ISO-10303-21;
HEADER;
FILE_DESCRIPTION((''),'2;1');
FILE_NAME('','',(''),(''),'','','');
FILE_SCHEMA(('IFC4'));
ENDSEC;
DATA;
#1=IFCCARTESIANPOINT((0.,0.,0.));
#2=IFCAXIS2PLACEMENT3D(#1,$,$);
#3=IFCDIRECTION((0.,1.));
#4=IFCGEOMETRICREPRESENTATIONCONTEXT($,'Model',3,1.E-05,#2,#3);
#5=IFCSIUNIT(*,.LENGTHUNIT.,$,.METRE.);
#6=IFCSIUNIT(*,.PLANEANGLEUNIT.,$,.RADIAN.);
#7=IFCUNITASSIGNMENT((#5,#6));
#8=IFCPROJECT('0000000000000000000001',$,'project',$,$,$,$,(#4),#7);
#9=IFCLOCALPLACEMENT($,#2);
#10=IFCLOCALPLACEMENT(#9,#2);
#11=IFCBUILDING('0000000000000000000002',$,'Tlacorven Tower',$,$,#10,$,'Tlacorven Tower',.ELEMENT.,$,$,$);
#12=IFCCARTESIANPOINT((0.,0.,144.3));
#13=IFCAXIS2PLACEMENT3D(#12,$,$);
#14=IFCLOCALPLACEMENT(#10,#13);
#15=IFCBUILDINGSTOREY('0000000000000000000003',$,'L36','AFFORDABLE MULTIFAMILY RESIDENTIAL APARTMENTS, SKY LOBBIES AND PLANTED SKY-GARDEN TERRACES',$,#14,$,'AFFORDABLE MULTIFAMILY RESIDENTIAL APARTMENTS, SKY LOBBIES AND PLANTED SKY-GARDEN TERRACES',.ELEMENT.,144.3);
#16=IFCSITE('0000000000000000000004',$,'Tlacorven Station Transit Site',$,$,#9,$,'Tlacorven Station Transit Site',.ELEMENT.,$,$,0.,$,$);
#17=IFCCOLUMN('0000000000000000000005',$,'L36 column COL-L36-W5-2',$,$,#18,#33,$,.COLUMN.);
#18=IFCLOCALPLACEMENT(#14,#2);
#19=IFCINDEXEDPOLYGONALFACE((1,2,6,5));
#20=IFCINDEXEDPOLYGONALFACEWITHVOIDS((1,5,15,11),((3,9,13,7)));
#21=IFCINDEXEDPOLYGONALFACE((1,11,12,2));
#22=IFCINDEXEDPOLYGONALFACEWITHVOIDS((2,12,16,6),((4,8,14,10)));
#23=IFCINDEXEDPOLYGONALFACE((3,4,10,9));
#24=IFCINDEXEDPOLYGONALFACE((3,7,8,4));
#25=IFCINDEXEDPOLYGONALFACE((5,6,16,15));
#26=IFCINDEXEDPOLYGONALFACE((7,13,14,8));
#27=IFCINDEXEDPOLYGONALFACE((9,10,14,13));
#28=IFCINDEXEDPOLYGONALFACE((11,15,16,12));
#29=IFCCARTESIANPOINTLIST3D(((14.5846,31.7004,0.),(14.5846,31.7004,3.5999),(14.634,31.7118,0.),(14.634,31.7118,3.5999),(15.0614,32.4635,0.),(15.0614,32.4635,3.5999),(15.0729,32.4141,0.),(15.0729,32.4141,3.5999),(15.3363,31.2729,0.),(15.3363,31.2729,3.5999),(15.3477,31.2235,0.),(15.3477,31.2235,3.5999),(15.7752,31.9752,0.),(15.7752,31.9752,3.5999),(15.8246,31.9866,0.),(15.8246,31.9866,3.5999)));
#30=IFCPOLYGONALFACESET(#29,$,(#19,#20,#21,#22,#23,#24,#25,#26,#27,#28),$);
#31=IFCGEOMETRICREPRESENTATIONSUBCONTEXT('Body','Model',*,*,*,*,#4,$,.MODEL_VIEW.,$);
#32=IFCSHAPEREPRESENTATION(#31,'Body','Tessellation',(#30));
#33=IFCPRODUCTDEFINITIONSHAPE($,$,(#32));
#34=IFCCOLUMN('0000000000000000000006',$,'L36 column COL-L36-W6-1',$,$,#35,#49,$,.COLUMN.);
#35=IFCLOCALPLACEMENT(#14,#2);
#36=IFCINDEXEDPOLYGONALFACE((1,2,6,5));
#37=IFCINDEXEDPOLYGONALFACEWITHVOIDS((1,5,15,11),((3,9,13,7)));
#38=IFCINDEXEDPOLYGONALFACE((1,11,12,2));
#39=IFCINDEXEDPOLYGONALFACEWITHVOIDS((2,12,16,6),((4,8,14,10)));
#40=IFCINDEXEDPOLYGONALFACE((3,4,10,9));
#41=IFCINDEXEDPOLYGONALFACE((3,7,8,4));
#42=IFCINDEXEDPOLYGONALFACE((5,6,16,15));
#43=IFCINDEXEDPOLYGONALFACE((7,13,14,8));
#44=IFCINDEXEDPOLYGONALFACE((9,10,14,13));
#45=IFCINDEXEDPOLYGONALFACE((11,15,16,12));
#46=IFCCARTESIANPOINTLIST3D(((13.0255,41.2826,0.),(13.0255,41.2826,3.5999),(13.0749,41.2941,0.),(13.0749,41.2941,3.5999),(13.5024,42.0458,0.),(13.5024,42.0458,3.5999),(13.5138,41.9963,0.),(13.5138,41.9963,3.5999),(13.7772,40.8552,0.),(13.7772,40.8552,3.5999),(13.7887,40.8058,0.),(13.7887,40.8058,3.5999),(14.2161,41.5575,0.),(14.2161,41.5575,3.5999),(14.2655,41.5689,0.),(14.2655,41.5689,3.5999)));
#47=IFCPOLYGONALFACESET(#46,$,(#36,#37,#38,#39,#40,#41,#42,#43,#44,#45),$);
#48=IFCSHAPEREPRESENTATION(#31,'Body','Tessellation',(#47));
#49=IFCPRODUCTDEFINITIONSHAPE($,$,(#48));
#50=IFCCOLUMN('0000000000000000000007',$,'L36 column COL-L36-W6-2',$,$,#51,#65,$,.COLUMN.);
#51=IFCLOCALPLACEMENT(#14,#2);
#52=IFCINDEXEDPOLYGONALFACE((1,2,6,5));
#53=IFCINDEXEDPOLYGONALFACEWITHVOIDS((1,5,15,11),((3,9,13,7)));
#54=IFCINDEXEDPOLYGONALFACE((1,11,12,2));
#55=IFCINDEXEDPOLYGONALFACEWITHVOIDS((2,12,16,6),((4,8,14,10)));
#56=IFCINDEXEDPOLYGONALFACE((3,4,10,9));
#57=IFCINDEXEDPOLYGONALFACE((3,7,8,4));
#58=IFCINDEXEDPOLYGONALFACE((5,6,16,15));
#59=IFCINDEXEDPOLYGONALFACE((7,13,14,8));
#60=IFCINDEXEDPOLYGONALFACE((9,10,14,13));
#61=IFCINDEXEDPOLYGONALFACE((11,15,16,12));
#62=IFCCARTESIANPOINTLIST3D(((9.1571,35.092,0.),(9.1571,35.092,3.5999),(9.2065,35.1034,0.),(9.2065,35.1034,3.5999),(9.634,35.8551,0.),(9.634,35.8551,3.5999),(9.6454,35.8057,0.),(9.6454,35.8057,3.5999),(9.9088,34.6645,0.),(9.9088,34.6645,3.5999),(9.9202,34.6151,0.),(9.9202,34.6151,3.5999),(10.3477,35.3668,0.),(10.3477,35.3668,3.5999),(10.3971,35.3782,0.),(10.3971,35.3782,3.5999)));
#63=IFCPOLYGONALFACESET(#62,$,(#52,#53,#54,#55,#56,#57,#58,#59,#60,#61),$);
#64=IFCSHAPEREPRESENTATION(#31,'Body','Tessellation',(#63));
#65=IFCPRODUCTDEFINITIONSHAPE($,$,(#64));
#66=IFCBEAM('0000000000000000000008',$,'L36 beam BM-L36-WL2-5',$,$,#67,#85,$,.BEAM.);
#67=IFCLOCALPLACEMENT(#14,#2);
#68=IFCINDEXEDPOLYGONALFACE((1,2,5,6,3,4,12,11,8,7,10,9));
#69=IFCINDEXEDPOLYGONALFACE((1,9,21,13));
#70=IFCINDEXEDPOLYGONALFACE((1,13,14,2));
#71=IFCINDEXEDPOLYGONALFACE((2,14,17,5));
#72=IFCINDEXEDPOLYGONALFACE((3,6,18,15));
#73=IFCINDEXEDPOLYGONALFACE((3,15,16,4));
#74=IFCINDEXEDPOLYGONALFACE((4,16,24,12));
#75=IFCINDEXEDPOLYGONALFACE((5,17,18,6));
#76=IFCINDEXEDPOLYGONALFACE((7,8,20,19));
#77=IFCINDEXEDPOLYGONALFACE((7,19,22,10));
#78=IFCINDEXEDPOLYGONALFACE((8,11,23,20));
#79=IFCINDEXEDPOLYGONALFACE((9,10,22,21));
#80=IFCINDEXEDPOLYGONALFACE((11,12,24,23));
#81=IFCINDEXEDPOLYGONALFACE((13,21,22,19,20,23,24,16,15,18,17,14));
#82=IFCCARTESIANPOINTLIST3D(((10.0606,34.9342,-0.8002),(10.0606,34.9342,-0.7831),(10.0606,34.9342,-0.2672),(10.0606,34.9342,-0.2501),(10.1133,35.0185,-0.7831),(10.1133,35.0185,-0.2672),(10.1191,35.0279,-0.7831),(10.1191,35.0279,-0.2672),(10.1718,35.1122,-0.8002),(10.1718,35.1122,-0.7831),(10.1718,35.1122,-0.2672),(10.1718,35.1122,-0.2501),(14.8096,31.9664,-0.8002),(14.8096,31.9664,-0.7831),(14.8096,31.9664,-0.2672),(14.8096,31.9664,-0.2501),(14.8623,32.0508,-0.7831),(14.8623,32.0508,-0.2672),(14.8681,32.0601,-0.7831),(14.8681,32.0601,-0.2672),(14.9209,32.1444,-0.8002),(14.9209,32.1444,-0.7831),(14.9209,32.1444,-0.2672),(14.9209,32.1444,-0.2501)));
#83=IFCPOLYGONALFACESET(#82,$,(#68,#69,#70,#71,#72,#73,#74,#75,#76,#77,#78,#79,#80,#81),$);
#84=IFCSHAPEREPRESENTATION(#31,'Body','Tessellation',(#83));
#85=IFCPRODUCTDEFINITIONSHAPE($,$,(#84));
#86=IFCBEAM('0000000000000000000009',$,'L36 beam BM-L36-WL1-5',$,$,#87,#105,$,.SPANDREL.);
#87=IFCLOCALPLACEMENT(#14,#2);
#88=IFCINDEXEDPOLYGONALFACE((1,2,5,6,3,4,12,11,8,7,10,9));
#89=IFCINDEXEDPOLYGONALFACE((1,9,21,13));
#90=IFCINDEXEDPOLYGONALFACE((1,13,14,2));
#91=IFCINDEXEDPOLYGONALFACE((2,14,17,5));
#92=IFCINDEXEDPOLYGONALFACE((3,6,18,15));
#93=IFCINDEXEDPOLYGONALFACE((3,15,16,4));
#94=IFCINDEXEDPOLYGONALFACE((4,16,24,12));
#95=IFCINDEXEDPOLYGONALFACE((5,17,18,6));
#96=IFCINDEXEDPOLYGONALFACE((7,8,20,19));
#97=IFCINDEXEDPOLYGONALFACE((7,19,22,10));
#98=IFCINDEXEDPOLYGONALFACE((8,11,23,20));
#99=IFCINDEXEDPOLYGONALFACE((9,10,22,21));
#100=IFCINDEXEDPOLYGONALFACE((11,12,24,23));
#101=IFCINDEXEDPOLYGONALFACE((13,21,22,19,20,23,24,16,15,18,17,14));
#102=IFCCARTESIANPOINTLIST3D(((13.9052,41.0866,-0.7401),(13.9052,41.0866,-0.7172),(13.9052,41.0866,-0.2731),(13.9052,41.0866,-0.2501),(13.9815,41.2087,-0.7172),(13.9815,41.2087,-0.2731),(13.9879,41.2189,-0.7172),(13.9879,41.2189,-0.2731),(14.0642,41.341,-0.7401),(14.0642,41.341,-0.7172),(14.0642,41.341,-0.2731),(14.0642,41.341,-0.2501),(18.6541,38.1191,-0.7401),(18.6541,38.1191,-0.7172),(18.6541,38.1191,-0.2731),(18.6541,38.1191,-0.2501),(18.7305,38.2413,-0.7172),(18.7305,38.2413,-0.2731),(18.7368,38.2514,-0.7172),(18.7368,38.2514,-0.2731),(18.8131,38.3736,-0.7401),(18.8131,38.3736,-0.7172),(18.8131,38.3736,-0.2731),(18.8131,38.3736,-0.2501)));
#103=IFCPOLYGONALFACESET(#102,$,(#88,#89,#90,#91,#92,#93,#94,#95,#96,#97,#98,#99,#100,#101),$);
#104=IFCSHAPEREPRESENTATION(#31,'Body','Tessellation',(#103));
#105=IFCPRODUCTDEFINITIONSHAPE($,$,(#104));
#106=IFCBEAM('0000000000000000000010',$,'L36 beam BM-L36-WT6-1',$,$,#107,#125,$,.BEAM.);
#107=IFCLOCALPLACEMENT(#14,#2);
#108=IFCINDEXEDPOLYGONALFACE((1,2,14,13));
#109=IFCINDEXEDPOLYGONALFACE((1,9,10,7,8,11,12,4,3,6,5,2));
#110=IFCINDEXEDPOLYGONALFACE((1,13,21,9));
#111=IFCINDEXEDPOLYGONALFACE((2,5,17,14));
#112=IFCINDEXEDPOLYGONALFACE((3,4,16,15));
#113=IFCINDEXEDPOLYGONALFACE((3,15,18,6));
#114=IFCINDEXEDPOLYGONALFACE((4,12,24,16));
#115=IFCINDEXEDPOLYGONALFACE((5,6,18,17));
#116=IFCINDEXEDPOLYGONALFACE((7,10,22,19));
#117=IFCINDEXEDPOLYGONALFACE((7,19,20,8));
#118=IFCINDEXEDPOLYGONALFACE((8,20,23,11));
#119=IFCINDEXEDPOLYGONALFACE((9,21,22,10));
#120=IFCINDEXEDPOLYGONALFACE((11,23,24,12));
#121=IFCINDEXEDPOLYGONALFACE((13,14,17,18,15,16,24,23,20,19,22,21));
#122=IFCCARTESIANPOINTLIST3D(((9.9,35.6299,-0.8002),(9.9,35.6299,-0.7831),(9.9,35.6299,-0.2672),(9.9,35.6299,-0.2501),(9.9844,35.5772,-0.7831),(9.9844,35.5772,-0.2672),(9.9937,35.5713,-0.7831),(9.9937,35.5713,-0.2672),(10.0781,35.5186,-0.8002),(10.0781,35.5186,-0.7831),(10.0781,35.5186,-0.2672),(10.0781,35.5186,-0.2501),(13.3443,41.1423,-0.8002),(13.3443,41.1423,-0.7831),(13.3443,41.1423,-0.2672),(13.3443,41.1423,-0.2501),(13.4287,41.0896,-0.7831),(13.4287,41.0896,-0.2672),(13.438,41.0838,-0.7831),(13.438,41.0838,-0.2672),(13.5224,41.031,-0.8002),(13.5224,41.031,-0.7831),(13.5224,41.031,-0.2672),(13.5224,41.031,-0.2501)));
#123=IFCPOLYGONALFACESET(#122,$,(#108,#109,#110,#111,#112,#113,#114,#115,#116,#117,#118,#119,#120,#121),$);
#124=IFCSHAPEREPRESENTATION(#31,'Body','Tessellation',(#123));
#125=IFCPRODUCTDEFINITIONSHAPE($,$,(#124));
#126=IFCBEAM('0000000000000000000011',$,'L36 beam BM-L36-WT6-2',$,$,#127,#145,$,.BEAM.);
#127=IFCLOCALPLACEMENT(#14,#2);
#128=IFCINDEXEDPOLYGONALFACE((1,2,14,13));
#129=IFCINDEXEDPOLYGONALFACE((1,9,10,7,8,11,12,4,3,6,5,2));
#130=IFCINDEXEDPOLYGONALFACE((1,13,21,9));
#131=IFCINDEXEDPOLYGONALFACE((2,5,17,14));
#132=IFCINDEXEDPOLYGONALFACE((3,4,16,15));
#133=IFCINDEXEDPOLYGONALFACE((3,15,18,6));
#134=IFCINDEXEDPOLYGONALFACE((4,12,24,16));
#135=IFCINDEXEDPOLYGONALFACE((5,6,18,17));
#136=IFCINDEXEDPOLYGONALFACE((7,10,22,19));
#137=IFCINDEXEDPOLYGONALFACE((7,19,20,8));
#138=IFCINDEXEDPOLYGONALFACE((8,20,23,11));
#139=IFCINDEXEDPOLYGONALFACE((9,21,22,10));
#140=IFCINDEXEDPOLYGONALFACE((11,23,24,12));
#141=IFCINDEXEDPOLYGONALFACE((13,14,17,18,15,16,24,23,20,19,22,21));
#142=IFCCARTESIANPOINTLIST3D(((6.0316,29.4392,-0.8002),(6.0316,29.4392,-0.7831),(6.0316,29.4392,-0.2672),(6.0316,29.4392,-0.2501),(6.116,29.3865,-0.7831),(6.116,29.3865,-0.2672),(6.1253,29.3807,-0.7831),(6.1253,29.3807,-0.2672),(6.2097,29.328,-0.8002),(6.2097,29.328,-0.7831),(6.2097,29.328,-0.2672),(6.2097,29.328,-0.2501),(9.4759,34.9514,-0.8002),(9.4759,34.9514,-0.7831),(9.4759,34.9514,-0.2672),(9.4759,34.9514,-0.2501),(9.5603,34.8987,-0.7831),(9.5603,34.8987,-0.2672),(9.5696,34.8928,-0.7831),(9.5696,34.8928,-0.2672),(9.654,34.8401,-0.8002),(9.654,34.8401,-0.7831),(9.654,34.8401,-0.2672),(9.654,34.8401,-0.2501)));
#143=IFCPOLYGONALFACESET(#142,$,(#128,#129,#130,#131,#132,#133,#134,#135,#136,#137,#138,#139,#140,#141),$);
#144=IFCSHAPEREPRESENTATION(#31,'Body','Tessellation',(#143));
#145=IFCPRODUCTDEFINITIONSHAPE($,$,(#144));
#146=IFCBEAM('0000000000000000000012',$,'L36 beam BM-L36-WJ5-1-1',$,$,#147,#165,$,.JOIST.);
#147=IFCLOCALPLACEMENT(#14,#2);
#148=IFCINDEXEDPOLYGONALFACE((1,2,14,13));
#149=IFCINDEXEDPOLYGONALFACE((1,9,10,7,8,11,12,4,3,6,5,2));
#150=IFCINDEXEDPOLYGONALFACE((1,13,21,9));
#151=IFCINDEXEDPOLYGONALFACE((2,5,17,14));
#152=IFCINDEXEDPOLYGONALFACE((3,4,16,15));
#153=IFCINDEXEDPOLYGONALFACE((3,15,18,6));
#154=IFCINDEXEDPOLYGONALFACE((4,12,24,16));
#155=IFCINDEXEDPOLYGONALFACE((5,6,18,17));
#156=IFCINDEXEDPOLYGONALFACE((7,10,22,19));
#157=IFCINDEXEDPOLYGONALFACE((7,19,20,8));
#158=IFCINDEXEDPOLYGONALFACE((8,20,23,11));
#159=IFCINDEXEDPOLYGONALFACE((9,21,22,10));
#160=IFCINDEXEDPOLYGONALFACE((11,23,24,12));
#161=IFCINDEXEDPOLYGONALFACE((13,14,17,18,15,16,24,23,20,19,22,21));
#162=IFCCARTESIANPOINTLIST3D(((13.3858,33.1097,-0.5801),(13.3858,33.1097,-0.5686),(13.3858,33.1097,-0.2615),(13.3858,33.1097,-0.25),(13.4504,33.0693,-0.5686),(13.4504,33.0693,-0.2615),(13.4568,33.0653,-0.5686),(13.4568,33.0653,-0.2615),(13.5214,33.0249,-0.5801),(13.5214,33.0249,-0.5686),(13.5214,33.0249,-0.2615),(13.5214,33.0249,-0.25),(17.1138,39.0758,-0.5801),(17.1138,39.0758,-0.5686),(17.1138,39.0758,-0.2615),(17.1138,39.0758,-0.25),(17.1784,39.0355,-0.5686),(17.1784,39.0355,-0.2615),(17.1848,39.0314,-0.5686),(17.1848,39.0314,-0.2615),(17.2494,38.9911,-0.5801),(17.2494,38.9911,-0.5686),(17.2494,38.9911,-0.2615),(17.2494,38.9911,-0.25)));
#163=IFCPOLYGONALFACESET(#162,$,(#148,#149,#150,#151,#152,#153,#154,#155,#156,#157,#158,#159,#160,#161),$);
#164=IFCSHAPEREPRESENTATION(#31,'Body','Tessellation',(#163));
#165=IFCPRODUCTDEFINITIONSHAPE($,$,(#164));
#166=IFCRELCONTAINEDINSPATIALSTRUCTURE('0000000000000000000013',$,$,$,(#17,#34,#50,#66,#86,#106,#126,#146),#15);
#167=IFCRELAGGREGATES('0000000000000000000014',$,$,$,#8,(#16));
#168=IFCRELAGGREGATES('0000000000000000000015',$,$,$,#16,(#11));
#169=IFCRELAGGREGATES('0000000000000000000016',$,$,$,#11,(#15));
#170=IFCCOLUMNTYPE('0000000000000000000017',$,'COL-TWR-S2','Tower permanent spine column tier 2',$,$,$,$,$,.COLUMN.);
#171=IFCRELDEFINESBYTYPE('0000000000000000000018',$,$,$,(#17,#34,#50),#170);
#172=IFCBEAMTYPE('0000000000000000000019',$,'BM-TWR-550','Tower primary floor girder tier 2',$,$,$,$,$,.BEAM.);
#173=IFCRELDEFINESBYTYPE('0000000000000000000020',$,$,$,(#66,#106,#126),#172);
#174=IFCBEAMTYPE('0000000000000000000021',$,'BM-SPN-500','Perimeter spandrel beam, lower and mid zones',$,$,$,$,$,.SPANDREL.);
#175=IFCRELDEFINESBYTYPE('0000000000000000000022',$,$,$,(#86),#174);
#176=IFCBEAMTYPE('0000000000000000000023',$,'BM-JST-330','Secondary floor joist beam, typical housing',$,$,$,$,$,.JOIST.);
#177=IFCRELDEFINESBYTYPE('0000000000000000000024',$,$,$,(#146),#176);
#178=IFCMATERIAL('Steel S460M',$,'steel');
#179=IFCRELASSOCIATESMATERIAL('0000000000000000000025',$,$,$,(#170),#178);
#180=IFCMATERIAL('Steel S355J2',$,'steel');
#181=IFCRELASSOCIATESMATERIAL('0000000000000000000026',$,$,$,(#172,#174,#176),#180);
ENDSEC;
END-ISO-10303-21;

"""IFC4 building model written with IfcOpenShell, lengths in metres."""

from ifc_helpers import new_model, si_unit, direction, frame, origin, origin_2d, place, context, subcontext, project, spatial, hollow_rectangle, i_section, extrude, source, transform, mapped, material, material_profile, profile_set, type_object, element, save


model = new_model("IFC4")

# Units and contexts
model_context = context("Model", 3, precision=1e-05, world=origin(), true_north=direction((0.0, 1.0)))
body_context = subcontext(model_context, "Body", "Model", "MODEL_VIEW")
ifc_project = project(units=[si_unit("LENGTHUNIT", "METRE"), si_unit("PLANEANGLEUNIT", "RADIAN")], contexts=[model_context])

# Site, building, storey
site_placement = place(None, origin())
site = spatial("IfcSite", under=ifc_project, at=site_placement, Name="Tlacorven Station Transit Site", LongName="Tlacorven Station Transit Site", CompositionType="ELEMENT", RefElevation=0.0)
building_placement = place(site_placement, origin())
building = spatial("IfcBuilding", under=site, at=building_placement, Name="Tlacorven Tower", LongName="Tlacorven Tower", CompositionType="ELEMENT")
storey_placement = place(building_placement, frame((0.0, 0.0, 144.3)))
storey = spatial("IfcBuildingStorey", under=building, at=storey_placement, Name="L36", Description="AFFORDABLE MULTIFAMILY RESIDENTIAL APARTMENTS, SKY LOBBIES AND PLANTED SKY-GARDEN TERRACES", LongName="AFFORDABLE MULTIFAMILY RESIDENTIAL APARTMENTS, SKY LOBBIES AND PLANTED SKY-GARDEN TERRACES", CompositionType="ELEMENT", Elevation=144.3)

# Columns
ifc_material_1 = material(Name="Steel S460M", Category="steel")
ifc_material_profile_1 = material_profile(ifc_material_1, hollow_rectangle(XDim=0.8999, YDim=0.8999, WallThickness=0.0359, at=origin_2d()), Name="BOX 900X900X36")
ifc_profile_set_1 = profile_set([ifc_material_profile_1], Name="Steel S460M")
column_type = type_object("IfcColumnType", Name="COL-TWR-S2", Description="Tower permanent spine column tier 2", PredefinedType="COLUMN", material=ifc_profile_set_1)
shared_shape_1 = source(origin(), body_context, "Body", "SweptSolid", [
    extrude(hollow_rectangle(XDim=0.8999, YDim=0.8999, WallThickness=0.0359, at=origin_2d()), origin(), (0.0, 0.0, 1.0), 3.5999),
])
for number, where, z_axis, x_axis, name in (
    (1, (15.2046, 31.8435, 0.0), (0.0, 0.0, 1.0), (-0.848048, 0.529919, 0.0), "L36 column COL-L36-W5-2"),
    (2, (13.6455, 41.4258, 0.0), (0.0, 0.0, 1.0), (-0.848048, 0.529919, 0.0), "L36 column COL-L36-W6-1"),
    (3, (9.7771, 35.2351, 0.0), (0.0, 0.0, 1.0), (-0.848048, 0.529919, 0.0), "L36 column COL-L36-W6-2"),
):
    element("IfcColumn", number, at=place(storey_placement, frame(where, z_axis=z_axis, x_axis=x_axis)), inside=storey, type_object=column_type, Name=name, PredefinedType="COLUMN", context=body_context, shape_type="MappedRepresentation", body=[
        mapped(shared_shape_1, transform((0.0, 0.0, 0.0), scale=1.0)),
    ])

# Beams
ifc_material_2 = material(Name="Steel S355J2", Category="steel")
ifc_material_profile_2 = material_profile(ifc_material_2, i_section(OverallWidth=0.21, OverallDepth=0.55, WebThickness=0.011, FlangeThickness=0.0171, at=origin_2d()), Name="IPE 550")
ifc_profile_set_2 = profile_set([ifc_material_profile_2], Name="Steel S355J2")
beam_type_1 = type_object("IfcBeamType", Name="BM-TWR-550", Description="Tower primary floor girder tier 2", PredefinedType="BEAM", material=ifc_profile_set_2)
shared_shape_2 = source(origin(), body_context, "Body", "SweptSolid", [
    extrude(i_section(OverallWidth=0.21, OverallDepth=0.55, WebThickness=0.011, FlangeThickness=0.0171, at=origin_2d()), origin(), (0.0, 0.0, 1.0), 5.6001),
])
beam_1_placement = place(storey_placement, frame((14.8652, 32.0554, -0.5251), z_axis=(-0.848028, 0.529952, 0.0), x_axis=(-0.529952, -0.848028, 0.0)))
element("IfcBeam", 4, at=beam_1_placement, inside=storey, type_object=beam_type_1, Name="L36 beam BM-L36-WL2-5", PredefinedType="BEAM", context=body_context, shape_type="MappedRepresentation", body=[
    mapped(shared_shape_2, transform((0.0, 0.0, 0.0), scale=1.0)),
])
ifc_material_profile_3 = material_profile(ifc_material_2, i_section(OverallWidth=0.3, OverallDepth=0.49, WebThickness=0.012, FlangeThickness=0.0229, at=origin_2d()), Name="HEA 500")
ifc_profile_set_3 = profile_set([ifc_material_profile_3], Name="Steel S355J2")
beam_type_2 = type_object("IfcBeamType", Name="BM-SPN-500", Description="Perimeter spandrel beam, lower and mid zones", PredefinedType="SPANDREL", material=ifc_profile_set_3)
shared_shape_3 = source(origin(), body_context, "Body", "SweptSolid", [
    extrude(i_section(OverallWidth=0.3, OverallDepth=0.49, WebThickness=0.012, FlangeThickness=0.0229, at=origin_2d()), origin(), (0.0, 0.0, 1.0), 5.5999),
])
beam_2_placement = place(storey_placement, frame((18.7336, 38.2463, -0.4951), z_axis=(-0.848047, 0.529921, 0.0), x_axis=(-0.529921, -0.848047, 0.0)))
element("IfcBeam", 5, at=beam_2_placement, inside=storey, type_object=beam_type_2, Name="L36 beam BM-L36-WL1-5", PredefinedType="SPANDREL", context=body_context, shape_type="MappedRepresentation", body=[
    mapped(shared_shape_3, transform((0.0, 0.0, 0.0), scale=1.0)),
])
shared_shape_4 = source(origin(), body_context, "Body", "SweptSolid", [
    extrude(i_section(OverallWidth=0.21, OverallDepth=0.55, WebThickness=0.011, FlangeThickness=0.0171, at=origin_2d()), origin(), (0.0, 0.0, 1.0), 6.5),
])
beam_3_placement = place(storey_placement, frame((13.4333, 41.0867, -0.5251), z_axis=(-0.529894, -0.848064, 0.0), x_axis=(0.848064, -0.529894, 0.0)))
element("IfcBeam", 6, at=beam_3_placement, inside=storey, type_object=beam_type_1, Name="L36 beam BM-L36-WT6-1", PredefinedType="BEAM", context=body_context, shape_type="MappedRepresentation", body=[
    mapped(shared_shape_4, transform((0.0, 0.0, 0.0), scale=1.0)),
])
shared_shape_5 = source(origin(), body_context, "Body", "SweptSolid", [
    extrude(i_section(OverallWidth=0.21, OverallDepth=0.55, WebThickness=0.011, FlangeThickness=0.0171, at=origin_2d()), origin(), (0.0, 0.0, 1.0), 6.4998),
])
beam_4_placement = place(storey_placement, frame((9.5649, 34.8958, -0.5251), z_axis=(-0.529911, -0.848053, 0.0), x_axis=(0.848053, -0.529911, 0.0)))
element("IfcBeam", 7, at=beam_4_placement, inside=storey, type_object=beam_type_1, Name="L36 beam BM-L36-WT6-2", PredefinedType="BEAM", context=body_context, shape_type="MappedRepresentation", body=[
    mapped(shared_shape_5, transform((0.0, 0.0, 0.0), scale=1.0)),
])
ifc_material_profile_4 = material_profile(ifc_material_2, i_section(OverallWidth=0.1599, OverallDepth=0.3301, WebThickness=0.0076, FlangeThickness=0.0115, at=origin_2d()), Name="IPE 330")
ifc_profile_set_4 = profile_set([ifc_material_profile_4], Name="Steel S355J2")
beam_type_3 = type_object("IfcBeamType", Name="BM-JST-330", Description="Secondary floor joist beam, typical housing", PredefinedType="JOIST", material=ifc_profile_set_4)
shared_shape_6 = source(origin(), body_context, "Body", "SweptSolid", [
    extrude(i_section(OverallWidth=0.1599, OverallDepth=0.3301, WebThickness=0.0076, FlangeThickness=0.0115, at=origin_2d()), origin(), (0.0, 0.0, 1.0), 7.0352),
])
beam_5_placement = place(storey_placement, frame((17.1816, 39.0334, -0.415), z_axis=(-0.529921, -0.848047, 0.0), x_axis=(0.848047, -0.529921, 0.0)))
element("IfcBeam", 8, at=beam_5_placement, inside=storey, type_object=beam_type_3, Name="L36 beam BM-L36-WJ5-1-1", PredefinedType="JOIST", context=body_context, shape_type="MappedRepresentation", body=[
    mapped(shared_shape_6, transform((0.0, 0.0, 0.0), scale=1.0)),
])

save(model, "model.ifc")
